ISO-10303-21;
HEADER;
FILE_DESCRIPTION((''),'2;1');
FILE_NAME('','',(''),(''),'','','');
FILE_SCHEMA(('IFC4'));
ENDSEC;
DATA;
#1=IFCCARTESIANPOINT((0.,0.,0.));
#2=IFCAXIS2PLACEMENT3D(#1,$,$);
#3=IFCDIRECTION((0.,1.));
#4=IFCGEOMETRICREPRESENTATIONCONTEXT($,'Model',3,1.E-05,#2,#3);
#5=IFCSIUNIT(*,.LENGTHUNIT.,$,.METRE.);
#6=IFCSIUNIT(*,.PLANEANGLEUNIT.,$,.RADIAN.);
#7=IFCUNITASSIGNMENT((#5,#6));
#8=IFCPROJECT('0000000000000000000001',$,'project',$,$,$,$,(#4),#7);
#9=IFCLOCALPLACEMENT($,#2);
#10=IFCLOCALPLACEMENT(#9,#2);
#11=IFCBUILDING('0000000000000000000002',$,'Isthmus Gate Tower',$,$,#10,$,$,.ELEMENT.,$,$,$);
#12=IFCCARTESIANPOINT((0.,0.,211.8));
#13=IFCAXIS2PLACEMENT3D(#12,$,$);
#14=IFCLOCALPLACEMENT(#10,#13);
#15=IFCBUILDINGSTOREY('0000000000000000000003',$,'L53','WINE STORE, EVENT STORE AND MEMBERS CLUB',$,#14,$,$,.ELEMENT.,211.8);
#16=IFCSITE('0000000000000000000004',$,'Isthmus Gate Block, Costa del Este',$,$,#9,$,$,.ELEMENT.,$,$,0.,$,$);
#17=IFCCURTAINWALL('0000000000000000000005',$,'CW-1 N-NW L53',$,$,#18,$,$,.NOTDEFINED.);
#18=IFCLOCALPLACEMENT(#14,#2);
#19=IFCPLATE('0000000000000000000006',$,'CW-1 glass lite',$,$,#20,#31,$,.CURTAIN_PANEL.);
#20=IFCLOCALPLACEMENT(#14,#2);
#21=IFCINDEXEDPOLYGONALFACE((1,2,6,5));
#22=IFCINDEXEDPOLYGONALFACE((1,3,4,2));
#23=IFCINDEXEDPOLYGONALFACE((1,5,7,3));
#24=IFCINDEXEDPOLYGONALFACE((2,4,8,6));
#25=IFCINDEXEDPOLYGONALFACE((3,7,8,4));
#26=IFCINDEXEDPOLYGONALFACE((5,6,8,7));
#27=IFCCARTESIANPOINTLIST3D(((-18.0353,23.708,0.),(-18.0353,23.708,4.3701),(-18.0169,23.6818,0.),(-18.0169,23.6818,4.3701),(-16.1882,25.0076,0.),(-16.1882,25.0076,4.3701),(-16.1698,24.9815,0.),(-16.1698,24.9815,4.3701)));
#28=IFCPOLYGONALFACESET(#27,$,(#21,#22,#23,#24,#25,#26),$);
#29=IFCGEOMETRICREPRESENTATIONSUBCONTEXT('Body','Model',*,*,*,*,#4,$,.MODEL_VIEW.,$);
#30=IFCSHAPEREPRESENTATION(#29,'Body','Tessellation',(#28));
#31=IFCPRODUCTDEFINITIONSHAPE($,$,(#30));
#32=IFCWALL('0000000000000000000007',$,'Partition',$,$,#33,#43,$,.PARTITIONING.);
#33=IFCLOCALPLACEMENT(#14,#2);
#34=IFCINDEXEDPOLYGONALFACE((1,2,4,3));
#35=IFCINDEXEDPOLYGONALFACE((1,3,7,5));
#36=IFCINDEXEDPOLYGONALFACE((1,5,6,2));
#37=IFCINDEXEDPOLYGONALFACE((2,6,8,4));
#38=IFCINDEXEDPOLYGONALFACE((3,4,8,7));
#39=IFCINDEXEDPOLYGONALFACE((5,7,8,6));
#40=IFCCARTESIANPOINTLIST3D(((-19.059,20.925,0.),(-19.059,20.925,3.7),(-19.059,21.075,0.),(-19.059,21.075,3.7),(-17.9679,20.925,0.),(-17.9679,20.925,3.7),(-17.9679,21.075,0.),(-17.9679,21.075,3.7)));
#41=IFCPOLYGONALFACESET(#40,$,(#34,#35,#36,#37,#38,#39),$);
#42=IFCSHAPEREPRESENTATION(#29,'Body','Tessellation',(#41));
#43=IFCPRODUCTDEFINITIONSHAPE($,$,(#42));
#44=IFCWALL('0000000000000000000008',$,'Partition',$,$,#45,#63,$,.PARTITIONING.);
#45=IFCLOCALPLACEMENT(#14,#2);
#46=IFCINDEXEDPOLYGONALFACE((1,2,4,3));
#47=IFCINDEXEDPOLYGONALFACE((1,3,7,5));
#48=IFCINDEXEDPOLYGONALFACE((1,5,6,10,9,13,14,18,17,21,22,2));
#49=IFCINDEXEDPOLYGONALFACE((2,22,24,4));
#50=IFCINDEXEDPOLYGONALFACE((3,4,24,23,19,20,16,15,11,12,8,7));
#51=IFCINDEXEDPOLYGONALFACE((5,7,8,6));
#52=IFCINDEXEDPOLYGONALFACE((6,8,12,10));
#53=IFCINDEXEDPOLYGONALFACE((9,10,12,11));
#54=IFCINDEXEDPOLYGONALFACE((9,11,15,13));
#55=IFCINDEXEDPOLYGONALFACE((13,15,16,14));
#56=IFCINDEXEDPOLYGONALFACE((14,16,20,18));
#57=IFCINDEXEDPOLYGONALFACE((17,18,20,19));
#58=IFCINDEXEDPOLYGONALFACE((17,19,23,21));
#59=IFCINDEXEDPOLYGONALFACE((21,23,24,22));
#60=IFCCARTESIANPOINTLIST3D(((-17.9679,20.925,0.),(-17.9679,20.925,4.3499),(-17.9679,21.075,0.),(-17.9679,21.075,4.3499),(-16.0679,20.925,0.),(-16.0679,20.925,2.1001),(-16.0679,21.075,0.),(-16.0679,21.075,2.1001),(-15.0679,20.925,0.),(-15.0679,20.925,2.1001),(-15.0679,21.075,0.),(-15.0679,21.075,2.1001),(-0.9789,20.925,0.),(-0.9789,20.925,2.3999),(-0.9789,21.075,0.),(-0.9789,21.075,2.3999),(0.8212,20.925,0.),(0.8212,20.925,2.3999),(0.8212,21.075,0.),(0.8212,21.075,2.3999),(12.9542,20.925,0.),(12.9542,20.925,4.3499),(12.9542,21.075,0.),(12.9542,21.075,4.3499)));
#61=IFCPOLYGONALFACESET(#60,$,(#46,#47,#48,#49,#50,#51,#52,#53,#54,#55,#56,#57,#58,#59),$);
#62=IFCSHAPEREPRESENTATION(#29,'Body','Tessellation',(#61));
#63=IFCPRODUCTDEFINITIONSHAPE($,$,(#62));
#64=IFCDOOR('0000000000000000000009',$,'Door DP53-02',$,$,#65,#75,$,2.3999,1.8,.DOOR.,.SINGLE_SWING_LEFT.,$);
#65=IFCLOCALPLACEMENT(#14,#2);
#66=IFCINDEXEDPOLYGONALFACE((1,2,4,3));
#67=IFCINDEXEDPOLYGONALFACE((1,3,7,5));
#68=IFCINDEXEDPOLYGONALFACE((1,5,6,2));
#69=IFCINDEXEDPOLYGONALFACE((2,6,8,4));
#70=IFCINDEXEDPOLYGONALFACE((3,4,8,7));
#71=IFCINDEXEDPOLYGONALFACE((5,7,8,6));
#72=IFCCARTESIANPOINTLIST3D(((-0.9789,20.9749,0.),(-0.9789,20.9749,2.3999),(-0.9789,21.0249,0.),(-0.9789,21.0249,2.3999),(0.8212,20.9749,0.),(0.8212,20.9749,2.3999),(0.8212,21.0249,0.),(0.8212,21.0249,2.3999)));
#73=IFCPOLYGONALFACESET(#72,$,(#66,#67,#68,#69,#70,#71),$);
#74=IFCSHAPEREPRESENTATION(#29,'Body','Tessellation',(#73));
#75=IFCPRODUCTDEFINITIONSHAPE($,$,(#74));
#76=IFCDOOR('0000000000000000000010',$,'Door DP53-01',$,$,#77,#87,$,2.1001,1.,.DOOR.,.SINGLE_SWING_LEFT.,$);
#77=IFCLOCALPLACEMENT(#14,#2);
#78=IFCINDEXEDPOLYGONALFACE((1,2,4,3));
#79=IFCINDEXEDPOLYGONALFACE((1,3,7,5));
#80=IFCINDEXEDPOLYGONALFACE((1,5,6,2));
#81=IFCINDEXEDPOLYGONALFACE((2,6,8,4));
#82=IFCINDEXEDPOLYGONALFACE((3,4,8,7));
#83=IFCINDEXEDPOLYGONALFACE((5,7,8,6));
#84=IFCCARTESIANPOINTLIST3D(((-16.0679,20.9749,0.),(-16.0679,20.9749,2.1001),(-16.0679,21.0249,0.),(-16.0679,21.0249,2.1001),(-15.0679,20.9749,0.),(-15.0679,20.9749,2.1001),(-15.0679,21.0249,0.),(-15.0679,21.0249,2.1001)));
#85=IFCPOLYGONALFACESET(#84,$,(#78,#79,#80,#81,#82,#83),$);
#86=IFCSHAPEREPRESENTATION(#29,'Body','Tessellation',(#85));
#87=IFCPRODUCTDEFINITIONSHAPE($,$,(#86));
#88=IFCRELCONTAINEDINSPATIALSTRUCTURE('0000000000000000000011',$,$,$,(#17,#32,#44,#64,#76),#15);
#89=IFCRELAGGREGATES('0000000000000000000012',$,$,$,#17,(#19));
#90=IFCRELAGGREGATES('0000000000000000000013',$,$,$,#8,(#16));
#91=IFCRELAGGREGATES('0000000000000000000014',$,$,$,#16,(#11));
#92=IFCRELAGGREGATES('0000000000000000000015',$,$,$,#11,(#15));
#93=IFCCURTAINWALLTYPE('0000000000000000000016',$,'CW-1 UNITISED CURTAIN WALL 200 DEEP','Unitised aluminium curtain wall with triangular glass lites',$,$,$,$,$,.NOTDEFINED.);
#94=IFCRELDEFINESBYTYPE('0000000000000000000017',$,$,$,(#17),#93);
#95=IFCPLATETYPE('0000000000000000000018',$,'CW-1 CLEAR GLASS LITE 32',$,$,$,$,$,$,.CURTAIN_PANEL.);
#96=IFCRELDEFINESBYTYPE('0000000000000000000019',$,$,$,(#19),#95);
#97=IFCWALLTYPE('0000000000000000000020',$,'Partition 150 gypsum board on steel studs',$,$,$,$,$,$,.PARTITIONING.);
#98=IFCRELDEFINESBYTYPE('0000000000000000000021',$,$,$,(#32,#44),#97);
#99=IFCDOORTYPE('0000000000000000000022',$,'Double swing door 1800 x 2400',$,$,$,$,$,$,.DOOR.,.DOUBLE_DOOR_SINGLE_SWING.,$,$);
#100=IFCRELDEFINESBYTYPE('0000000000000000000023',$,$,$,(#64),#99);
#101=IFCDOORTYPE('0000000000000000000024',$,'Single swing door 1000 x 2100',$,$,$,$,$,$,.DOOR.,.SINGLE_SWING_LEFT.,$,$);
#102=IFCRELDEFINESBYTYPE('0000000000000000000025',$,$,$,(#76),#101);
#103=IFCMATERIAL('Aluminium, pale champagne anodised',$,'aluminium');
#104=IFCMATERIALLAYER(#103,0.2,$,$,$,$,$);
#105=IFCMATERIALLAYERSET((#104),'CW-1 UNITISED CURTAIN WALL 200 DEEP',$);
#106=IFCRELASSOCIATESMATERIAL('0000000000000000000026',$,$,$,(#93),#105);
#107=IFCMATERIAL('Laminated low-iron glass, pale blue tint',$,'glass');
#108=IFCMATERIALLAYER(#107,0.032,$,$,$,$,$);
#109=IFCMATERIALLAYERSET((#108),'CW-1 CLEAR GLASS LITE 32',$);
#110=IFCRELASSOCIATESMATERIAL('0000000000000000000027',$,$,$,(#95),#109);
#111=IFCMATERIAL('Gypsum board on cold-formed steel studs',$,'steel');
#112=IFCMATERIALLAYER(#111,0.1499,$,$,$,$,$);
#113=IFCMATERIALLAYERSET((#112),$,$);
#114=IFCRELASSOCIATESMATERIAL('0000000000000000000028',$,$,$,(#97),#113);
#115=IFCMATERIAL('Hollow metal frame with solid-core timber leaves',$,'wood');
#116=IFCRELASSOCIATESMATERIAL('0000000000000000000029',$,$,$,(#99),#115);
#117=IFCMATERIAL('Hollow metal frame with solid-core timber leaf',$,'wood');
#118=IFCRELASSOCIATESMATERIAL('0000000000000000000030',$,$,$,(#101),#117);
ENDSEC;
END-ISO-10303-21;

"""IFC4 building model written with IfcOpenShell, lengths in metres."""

from ifc_helpers import new_model, si_unit, direction, frame, frame_2d, origin, origin_2d, place, context, subcontext, project, spatial, rectangle, extrude, material, layer, layer_set, type_object, element, fill, aggregate, save


model = new_model("IFC4")

# Units and contexts
model_context = context("Model", 3, precision=1e-05, world=origin(), true_north=direction((0.0, 1.0)))
body_context = subcontext(model_context, "Body", "Model", "MODEL_VIEW")
ifc_project = project(units=[si_unit("LENGTHUNIT", "METRE"), si_unit("PLANEANGLEUNIT", "RADIAN")], contexts=[model_context])

# Site, building, storey
site_placement = place(None, origin())
site = spatial("IfcSite", under=ifc_project, at=site_placement, Name="Isthmus Gate Block, Costa del Este", CompositionType="ELEMENT", RefElevation=0.0)
building_placement = place(site_placement, origin())
building = spatial("IfcBuilding", under=site, at=building_placement, Name="Isthmus Gate Tower", CompositionType="ELEMENT")
storey_placement = place(building_placement, frame((0.0, 0.0, 211.8)))
storey = spatial("IfcBuildingStorey", under=building, at=storey_placement, Name="L53", Description="WINE STORE, EVENT STORE AND MEMBERS CLUB", CompositionType="ELEMENT", Elevation=211.8)

# Curtain wall
ifc_material_1 = material(Name="Aluminium, pale champagne anodised", Category="aluminium")
ifc_layer_1 = layer(ifc_material_1, 0.2)
ifc_layer_set_1 = layer_set([ifc_layer_1], Name="CW-1 UNITISED CURTAIN WALL 200 DEEP")
curtain_wall_type = type_object("IfcCurtainWallType", Name="CW-1 UNITISED CURTAIN WALL 200 DEEP", Description="Unitised aluminium curtain wall with triangular glass lites", PredefinedType="NOTDEFINED", material=ifc_layer_set_1)
curtain_wall_1_placement = place(storey_placement, origin())
curtain_wall_1 = element("IfcCurtainWall", 1, at=curtain_wall_1_placement, inside=storey, type_object=curtain_wall_type, Name="CW-1 N-NW L53", PredefinedType="NOTDEFINED")

# Plate
ifc_material_2 = material(Name="Laminated low-iron glass, pale blue tint", Category="glass")
ifc_layer_2 = layer(ifc_material_2, 0.032)
ifc_layer_set_2 = layer_set([ifc_layer_2], Name="CW-1 CLEAR GLASS LITE 32")
plate_type = type_object("IfcPlateType", Name="CW-1 CLEAR GLASS LITE 32", PredefinedType="CURTAIN_PANEL", material=ifc_layer_set_2)
plate_placement = place(storey_placement, frame((-17.1025, 24.3447, 0.0), z_axis=(0.0, 0.0, 1.0), x_axis=(-0.81786, -0.575418, 0.0)))
plate = element("IfcPlate", 2, at=plate_placement, type_object=plate_type, Name="CW-1 glass lite", PredefinedType="CURTAIN_PANEL", context=body_context, shape_type="SweptSolid", body=[
    extrude(rectangle(XDim=2.2585, YDim=0.032, at=origin_2d()), origin(), (0.0, 0.0, 1.0), 4.3701),
])
aggregate(curtain_wall_1, [plate])

# Wall
ifc_material_3 = material(Name="Gypsum board on cold-formed steel studs", Category="steel")
ifc_layer_3 = layer(ifc_material_3, 0.1499)
ifc_layer_set_3 = layer_set([ifc_layer_3])
wall_type_1 = type_object("IfcWallType", Name="Partition 150 gypsum board on steel studs", PredefinedType="PARTITIONING", material=ifc_layer_set_3)
wall_1_placement = place(storey_placement, frame((-19.0588, 21.0, 0.0), z_axis=(0.0, 0.0, 1.0), x_axis=(1.0, 0.0, 0.0)))
element("IfcWall", 3, at=wall_1_placement, inside=storey, type_object=wall_type_1, Name="Partition", PredefinedType="PARTITIONING", context=body_context, shape_type="SweptSolid", body=[
    extrude(rectangle(XDim=1.0911, YDim=0.1499, at=frame_2d((0.5454, 0.0))), origin(), (0.0, 0.0, 1.0), 3.7),
])

# Wall, openings, doors
wall_2_placement = place(storey_placement, frame((-17.9678, 21.0, 0.0), z_axis=(0.0, 0.0, 1.0), x_axis=(1.0, 0.0, 0.0)))
wall_2 = element("IfcWall", 4, at=wall_2_placement, inside=storey, type_object=wall_type_1, Name="Partition", PredefinedType="PARTITIONING", context=body_context, shape_type="SweptSolid", body=[
    extrude(rectangle(XDim=30.9221, YDim=0.1499, at=frame_2d((15.4609, 0.0))), origin(), (0.0, 0.0, 1.0), 4.3499),
])
opening_1_placement = place(wall_2_placement, frame((1.8999, 0.0, 0.0)))
opening_1 = element("IfcOpeningElement", 5, at=opening_1_placement, cuts=wall_2, PredefinedType="OPENING", context=body_context, shape_type="SweptSolid", body=[
    extrude(rectangle(XDim=1.0, YDim=2.1001, at=frame_2d((0.5, 1.05))), frame((0.0, 0.085, 0.0), z_axis=(0.0, -1.0, 0.0), x_axis=(1.0, 0.0, 0.0)), (0.0, 0.0, 1.0), 0.1699),
])
opening_2_placement = place(wall_2_placement, frame((16.989, 0.0, 0.0)))
opening_2 = element("IfcOpeningElement", 6, at=opening_2_placement, cuts=wall_2, PredefinedType="OPENING", context=body_context, shape_type="SweptSolid", body=[
    extrude(rectangle(XDim=1.8, YDim=2.3999, at=frame_2d((0.8999, 1.2))), frame((0.0, 0.085, 0.0), z_axis=(0.0, -1.0, 0.0), x_axis=(1.0, 0.0, 0.0)), (0.0, 0.0, 1.0), 0.1699),
])
ifc_material_4 = material(Name="Hollow metal frame with solid-core timber leaves", Category="wood")
door_type_1 = type_object("IfcDoorType", Name="Double swing door 1800 x 2400", OperationType="DOUBLE_DOOR_SINGLE_SWING", PredefinedType="DOOR", material=ifc_material_4)
door_1_placement = place(opening_2_placement, origin())
door_1 = element("IfcDoor", 7, at=door_1_placement, inside=storey, type_object=door_type_1, Name="Door DP53-02", OperationType="SINGLE_SWING_LEFT", OverallHeight=2.3999, OverallWidth=1.8, PredefinedType="DOOR", context=body_context, shape_type="SweptSolid", body=[
    extrude(rectangle(XDim=1.8, YDim=2.3999, at=frame_2d((0.8999, 1.2))), frame((0.0, 0.0249, 0.0), z_axis=(0.0, -1.0, 0.0), x_axis=(1.0, 0.0, 0.0)), (0.0, 0.0, 1.0), 0.05),
])
fill(opening_2, door_1)
ifc_material_5 = material(Name="Hollow metal frame with solid-core timber leaf", Category="wood")
door_type_2 = type_object("IfcDoorType", Name="Single swing door 1000 x 2100", OperationType="SINGLE_SWING_LEFT", PredefinedType="DOOR", material=ifc_material_5)
door_2_placement = place(opening_1_placement, origin())
door_2 = element("IfcDoor", 8, at=door_2_placement, inside=storey, type_object=door_type_2, Name="Door DP53-01", OperationType="SINGLE_SWING_LEFT", OverallHeight=2.1001, OverallWidth=1.0, PredefinedType="DOOR", context=body_context, shape_type="SweptSolid", body=[
    extrude(rectangle(XDim=1.0, YDim=2.1001, at=frame_2d((0.5, 1.05))), frame((0.0, 0.0249, 0.0), z_axis=(0.0, -1.0, 0.0), x_axis=(1.0, 0.0, 0.0)), (0.0, 0.0, 1.0), 0.05),
])
fill(opening_1, door_2)

save(model, "model.ifc")
